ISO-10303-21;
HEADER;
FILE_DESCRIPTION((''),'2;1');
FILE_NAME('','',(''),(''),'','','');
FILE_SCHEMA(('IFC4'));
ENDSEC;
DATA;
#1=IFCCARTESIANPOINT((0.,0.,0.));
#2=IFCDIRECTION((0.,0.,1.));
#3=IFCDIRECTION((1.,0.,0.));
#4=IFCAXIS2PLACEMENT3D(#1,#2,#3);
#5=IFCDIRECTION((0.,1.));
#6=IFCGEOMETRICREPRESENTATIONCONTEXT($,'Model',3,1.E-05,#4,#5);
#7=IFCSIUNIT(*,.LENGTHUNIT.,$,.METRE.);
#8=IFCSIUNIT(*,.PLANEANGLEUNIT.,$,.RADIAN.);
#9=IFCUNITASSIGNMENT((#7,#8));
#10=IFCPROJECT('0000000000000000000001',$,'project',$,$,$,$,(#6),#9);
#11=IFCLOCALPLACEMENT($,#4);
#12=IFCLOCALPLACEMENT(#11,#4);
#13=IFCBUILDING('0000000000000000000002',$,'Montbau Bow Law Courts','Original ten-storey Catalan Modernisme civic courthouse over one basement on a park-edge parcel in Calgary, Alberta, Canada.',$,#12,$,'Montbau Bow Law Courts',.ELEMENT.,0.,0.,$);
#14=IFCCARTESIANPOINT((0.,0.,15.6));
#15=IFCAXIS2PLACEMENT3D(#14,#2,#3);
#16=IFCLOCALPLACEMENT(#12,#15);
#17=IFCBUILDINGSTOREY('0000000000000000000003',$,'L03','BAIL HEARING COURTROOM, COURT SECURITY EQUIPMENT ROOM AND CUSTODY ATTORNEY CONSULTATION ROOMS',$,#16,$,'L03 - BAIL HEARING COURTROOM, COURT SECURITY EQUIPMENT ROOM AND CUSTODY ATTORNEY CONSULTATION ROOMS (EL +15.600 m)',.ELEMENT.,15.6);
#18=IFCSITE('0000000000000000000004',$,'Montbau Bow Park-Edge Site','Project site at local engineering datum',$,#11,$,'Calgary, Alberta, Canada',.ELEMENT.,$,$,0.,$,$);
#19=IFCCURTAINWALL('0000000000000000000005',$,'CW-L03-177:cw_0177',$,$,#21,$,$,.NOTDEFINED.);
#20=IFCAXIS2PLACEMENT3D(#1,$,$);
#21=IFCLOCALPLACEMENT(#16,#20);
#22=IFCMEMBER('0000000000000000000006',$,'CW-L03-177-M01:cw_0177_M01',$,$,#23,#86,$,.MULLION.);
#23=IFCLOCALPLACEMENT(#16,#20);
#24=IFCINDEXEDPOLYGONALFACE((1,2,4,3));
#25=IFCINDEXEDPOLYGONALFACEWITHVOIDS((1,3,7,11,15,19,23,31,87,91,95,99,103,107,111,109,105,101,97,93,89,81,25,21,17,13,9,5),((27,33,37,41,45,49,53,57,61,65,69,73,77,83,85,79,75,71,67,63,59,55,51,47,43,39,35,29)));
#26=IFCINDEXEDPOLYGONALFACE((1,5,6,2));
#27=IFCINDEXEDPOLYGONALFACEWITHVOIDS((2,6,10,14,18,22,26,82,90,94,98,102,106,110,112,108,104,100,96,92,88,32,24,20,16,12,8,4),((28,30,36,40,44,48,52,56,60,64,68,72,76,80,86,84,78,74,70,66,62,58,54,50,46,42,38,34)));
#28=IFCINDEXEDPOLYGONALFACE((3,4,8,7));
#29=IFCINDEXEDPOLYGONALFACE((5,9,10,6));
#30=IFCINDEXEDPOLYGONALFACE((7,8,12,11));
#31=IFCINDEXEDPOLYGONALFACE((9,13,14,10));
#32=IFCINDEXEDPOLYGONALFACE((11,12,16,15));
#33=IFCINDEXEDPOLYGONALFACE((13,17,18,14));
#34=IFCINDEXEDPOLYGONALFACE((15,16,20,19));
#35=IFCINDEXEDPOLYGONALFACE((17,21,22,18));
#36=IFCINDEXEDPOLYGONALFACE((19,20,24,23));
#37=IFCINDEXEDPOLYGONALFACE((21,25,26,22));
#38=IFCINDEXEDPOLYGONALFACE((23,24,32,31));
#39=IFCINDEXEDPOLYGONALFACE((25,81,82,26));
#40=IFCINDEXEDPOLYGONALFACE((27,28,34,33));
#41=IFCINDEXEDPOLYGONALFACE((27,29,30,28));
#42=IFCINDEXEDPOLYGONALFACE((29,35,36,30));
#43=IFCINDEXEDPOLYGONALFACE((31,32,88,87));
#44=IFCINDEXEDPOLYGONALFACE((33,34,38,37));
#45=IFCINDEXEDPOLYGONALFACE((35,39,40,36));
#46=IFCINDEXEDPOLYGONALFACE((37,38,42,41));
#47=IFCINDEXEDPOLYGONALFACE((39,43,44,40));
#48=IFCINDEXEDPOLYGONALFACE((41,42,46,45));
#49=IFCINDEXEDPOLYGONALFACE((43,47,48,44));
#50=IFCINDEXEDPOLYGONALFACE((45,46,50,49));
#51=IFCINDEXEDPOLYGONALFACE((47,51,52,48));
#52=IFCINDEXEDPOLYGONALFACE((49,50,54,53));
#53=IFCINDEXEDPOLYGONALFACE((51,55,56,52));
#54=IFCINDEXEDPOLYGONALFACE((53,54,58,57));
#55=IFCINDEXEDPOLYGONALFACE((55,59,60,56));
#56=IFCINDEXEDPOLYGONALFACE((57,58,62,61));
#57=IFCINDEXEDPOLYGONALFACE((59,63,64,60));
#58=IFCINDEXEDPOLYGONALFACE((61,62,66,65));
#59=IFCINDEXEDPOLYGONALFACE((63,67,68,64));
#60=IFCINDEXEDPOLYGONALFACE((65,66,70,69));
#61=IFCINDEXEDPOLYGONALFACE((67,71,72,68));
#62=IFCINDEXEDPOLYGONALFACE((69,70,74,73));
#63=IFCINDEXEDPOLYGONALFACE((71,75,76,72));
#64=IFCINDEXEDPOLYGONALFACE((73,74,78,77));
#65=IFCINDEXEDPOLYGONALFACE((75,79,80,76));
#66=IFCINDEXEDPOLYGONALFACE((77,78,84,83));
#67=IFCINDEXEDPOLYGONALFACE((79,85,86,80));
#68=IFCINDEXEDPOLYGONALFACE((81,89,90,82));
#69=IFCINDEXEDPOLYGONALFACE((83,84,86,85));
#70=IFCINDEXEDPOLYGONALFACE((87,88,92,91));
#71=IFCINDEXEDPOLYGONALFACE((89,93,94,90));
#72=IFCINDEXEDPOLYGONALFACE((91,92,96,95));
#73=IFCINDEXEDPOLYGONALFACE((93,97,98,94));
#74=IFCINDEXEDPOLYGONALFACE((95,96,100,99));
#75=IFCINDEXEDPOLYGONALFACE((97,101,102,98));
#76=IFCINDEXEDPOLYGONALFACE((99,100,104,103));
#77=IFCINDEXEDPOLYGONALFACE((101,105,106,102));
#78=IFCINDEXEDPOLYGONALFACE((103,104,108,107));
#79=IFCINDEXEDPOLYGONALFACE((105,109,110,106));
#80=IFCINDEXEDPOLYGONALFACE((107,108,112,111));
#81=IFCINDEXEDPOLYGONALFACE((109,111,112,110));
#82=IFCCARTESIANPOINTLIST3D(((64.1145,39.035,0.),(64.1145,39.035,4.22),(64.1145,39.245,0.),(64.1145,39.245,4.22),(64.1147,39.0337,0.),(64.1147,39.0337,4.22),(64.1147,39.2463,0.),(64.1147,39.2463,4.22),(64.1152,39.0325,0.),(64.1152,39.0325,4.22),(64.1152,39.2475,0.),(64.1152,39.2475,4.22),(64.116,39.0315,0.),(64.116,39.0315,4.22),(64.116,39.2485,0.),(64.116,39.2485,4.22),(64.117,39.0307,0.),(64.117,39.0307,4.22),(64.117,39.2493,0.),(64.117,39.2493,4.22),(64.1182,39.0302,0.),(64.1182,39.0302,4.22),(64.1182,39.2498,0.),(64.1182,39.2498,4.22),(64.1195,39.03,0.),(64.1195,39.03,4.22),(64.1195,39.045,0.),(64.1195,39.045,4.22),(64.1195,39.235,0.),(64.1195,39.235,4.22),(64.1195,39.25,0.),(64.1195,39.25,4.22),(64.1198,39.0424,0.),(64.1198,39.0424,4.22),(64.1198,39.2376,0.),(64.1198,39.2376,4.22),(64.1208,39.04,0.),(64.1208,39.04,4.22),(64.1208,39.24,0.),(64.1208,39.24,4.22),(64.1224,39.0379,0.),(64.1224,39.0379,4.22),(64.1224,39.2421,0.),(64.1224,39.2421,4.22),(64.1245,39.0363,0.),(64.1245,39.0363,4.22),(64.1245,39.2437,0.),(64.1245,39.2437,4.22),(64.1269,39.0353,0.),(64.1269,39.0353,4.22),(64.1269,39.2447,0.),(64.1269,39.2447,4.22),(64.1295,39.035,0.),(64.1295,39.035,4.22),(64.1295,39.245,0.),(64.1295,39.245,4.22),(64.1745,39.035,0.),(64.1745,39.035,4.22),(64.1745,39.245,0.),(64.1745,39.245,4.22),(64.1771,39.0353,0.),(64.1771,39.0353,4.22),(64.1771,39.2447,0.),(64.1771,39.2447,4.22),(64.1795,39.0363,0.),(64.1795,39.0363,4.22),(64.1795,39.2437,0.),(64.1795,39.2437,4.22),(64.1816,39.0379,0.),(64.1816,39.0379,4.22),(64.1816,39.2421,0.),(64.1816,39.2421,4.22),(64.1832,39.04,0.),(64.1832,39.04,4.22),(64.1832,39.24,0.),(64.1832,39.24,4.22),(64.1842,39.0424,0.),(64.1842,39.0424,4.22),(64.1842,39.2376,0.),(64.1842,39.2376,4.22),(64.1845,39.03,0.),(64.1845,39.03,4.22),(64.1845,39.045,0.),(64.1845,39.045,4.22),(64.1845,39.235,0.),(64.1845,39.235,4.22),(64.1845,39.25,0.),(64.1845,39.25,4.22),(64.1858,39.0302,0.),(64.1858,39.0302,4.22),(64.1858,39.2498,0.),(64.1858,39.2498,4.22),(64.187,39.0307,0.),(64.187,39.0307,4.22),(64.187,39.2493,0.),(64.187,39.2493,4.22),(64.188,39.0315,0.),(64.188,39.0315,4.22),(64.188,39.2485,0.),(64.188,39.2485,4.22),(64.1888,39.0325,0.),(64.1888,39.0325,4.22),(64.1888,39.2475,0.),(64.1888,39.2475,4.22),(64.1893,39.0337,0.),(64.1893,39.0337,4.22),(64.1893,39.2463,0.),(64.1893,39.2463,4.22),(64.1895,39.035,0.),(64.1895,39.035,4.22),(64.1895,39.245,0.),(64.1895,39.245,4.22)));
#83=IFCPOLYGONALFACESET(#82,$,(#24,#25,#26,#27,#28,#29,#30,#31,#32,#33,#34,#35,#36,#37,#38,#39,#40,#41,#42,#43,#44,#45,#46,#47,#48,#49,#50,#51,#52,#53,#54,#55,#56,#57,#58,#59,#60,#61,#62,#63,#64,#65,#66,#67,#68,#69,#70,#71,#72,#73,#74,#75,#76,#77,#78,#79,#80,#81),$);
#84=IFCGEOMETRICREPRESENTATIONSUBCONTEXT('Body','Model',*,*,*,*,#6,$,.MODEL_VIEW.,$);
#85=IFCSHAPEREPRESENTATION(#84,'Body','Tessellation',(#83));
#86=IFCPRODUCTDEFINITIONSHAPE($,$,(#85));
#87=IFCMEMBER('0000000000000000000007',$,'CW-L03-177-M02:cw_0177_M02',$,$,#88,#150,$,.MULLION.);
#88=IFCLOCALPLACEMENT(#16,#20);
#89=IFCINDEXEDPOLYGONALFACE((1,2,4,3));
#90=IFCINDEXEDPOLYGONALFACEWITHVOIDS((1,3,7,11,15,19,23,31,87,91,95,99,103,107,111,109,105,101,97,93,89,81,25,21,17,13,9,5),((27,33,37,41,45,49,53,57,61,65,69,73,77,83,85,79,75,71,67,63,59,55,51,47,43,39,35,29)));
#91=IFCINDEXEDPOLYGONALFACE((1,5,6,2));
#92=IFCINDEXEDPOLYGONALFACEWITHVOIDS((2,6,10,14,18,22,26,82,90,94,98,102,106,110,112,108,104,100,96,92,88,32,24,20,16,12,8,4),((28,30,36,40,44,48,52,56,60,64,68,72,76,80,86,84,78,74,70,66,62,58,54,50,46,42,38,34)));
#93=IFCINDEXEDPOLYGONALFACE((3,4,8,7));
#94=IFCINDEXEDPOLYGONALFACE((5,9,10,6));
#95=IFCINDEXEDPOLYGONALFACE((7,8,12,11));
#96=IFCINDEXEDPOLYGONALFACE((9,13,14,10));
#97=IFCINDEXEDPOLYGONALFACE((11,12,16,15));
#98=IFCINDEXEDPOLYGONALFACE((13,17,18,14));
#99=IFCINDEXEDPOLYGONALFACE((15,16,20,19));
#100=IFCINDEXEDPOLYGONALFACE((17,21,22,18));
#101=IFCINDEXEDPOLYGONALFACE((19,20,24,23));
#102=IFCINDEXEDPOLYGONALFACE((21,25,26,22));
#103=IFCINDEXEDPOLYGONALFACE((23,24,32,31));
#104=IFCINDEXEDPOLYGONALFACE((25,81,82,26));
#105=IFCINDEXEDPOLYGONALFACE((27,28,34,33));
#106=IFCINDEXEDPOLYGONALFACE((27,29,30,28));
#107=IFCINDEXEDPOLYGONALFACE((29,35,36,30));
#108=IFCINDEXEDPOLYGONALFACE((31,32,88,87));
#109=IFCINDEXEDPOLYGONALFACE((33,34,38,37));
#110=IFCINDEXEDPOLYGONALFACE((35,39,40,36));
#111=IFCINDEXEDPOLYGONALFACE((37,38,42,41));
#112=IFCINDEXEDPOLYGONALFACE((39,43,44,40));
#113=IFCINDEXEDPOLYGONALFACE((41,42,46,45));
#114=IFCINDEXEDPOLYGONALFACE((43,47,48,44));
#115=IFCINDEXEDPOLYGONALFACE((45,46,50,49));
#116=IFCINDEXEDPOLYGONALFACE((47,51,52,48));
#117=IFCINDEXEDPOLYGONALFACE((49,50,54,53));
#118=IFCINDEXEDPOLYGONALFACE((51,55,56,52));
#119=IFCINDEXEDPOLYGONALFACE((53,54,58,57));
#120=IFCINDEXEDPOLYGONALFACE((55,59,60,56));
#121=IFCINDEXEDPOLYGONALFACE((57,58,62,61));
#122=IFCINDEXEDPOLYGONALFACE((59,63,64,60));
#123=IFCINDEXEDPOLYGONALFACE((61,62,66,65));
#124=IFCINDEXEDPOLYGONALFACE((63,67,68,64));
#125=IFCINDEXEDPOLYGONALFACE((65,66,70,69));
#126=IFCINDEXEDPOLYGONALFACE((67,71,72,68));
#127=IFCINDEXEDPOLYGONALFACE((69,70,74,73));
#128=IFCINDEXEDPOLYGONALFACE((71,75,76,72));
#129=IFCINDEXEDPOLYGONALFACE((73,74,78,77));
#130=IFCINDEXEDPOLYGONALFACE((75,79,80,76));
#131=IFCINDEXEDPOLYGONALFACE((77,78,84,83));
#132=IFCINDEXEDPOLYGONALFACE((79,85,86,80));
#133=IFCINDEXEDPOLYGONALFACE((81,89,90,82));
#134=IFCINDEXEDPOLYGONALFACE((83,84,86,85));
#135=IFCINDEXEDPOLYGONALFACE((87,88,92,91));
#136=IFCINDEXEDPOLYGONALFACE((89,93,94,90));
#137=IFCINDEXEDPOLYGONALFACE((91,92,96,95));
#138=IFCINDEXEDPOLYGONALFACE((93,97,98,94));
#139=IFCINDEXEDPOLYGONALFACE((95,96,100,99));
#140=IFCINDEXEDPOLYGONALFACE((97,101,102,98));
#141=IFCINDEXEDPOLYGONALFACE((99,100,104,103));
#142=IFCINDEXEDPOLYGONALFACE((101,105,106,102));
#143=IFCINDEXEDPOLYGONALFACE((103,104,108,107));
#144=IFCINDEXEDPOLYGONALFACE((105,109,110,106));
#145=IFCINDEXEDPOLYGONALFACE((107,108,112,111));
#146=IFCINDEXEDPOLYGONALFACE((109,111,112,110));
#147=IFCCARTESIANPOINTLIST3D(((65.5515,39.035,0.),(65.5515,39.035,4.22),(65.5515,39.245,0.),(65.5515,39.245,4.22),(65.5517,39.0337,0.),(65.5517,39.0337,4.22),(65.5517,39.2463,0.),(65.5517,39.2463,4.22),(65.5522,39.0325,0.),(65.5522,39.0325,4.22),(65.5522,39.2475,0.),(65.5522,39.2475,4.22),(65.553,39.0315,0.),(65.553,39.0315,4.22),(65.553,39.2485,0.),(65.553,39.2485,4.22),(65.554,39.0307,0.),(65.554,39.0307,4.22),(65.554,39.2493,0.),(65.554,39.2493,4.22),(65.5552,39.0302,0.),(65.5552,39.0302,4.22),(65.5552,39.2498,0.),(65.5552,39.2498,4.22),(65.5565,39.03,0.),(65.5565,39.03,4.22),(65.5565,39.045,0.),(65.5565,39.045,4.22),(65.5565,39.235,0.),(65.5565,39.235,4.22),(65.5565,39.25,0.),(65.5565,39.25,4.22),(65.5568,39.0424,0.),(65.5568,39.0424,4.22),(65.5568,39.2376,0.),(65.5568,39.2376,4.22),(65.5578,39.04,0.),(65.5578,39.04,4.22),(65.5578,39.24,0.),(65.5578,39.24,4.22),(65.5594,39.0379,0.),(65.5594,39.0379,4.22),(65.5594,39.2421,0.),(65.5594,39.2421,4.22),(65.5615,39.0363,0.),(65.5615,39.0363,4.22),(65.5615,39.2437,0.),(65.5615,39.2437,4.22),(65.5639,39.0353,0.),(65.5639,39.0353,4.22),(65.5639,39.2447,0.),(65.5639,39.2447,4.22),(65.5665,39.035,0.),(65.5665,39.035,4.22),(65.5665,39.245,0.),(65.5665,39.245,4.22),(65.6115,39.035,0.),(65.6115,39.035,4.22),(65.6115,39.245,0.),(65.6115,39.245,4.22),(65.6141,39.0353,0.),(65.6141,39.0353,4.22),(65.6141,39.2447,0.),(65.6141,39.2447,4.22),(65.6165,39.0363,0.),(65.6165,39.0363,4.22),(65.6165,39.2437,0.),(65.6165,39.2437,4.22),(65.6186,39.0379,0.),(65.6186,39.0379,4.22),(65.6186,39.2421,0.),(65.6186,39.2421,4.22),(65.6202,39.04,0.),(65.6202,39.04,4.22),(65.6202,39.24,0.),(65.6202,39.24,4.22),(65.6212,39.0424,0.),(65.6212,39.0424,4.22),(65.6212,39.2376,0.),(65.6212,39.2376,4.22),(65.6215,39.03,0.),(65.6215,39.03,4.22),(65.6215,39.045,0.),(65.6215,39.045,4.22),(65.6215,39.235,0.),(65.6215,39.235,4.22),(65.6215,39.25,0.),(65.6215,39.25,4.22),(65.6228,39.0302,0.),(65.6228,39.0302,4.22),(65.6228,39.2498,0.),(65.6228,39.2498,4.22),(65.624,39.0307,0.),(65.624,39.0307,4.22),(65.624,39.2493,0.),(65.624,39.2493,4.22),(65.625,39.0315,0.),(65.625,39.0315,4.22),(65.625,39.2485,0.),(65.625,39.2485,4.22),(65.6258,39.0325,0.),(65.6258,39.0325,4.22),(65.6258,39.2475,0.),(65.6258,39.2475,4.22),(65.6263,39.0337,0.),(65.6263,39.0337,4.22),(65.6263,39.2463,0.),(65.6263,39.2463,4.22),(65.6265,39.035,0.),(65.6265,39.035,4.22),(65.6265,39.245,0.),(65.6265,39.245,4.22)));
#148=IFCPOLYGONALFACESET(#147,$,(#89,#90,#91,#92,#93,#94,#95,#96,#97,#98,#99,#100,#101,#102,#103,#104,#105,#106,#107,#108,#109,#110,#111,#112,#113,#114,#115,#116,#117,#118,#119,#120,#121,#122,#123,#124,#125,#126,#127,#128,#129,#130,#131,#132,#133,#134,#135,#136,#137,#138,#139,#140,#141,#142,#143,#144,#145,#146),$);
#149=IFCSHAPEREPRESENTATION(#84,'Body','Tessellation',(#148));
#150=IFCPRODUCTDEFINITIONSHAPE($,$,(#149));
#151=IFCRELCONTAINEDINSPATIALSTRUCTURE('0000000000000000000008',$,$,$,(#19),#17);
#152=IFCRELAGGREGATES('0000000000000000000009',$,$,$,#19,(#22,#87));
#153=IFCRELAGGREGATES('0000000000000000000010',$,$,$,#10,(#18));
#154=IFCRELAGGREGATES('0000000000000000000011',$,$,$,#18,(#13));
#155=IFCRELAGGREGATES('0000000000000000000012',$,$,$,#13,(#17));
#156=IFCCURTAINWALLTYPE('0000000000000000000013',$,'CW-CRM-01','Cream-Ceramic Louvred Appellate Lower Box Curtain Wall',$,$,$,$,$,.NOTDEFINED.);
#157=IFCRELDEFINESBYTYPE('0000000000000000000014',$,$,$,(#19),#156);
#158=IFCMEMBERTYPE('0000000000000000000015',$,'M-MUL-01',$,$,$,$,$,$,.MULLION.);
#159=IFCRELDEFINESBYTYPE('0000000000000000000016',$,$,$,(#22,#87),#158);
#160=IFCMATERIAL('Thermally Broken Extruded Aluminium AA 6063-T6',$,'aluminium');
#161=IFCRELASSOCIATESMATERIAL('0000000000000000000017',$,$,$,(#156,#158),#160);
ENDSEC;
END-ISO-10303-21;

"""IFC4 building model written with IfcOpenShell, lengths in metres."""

from ifc_helpers import new_model, si_unit, direction, frame, origin_with_axes, origin_2d_with_axis, place, context, subcontext, project, spatial, hollow_rectangle, extrude, material, material_profile, profile_set, type_object, element, aggregate, save


model = new_model("IFC4")

# Units and contexts
model_context = context("Model", 3, precision=1e-05, world=origin_with_axes(), true_north=direction((0.0, 1.0)))
body_context = subcontext(model_context, "Body", "Model", "MODEL_VIEW")
ifc_project = project(units=[si_unit("LENGTHUNIT", "METRE"), si_unit("PLANEANGLEUNIT", "RADIAN")], contexts=[model_context])

# Site, building, storey
site_placement = place(None, origin_with_axes())
site = spatial("IfcSite", under=ifc_project, at=site_placement, Name="Montbau Bow Park-Edge Site", Description="Project site at local engineering datum", LongName="Calgary, Alberta, Canada", CompositionType="ELEMENT", RefElevation=0.0)
building_placement = place(site_placement, origin_with_axes())
building = spatial("IfcBuilding", under=site, at=building_placement, Name="Montbau Bow Law Courts", Description="Original ten-storey Catalan Modernisme civic courthouse over one basement on a park-edge parcel in Calgary, Alberta, Canada.", LongName="Montbau Bow Law Courts", CompositionType="ELEMENT", ElevationOfRefHeight=0.0, ElevationOfTerrain=0.0)
storey_placement = place(building_placement, frame((0.0, 0.0, 15.6), z_axis=(0.0, 0.0, 1.0), x_axis=(1.0, 0.0, 0.0)))
storey = spatial("IfcBuildingStorey", under=building, at=storey_placement, Name="L03", Description="BAIL HEARING COURTROOM, COURT SECURITY EQUIPMENT ROOM AND CUSTODY ATTORNEY CONSULTATION ROOMS", LongName="L03 - BAIL HEARING COURTROOM, COURT SECURITY EQUIPMENT ROOM AND CUSTODY ATTORNEY CONSULTATION ROOMS (EL +15.600 m)", CompositionType="ELEMENT", Elevation=15.6)

# Curtain wall, members
ifc_material_1 = material(Name="Thermally Broken Extruded Aluminium AA 6063-T6", Category="aluminium")
curtain_wall_type = type_object("IfcCurtainWallType", Name="CW-CRM-01", Description="Cream-Ceramic Louvred Appellate Lower Box Curtain Wall", PredefinedType="NOTDEFINED", material=ifc_material_1)
curtain_wall_1_placement = place(None, frame((64.115, 39.14, 15.6), z_axis=(0.0, 0.0, 1.0), x_axis=(1.0, 0.0, 0.0)))
curtain_wall_1 = element("IfcCurtainWall", 1, at=curtain_wall_1_placement, inside=storey, type_object=curtain_wall_type, Name="CW-L03-177:cw_0177", PredefinedType="NOTDEFINED")
ifc_material_profile_1 = material_profile(ifc_material_1, hollow_rectangle(XDim=0.075, YDim=0.22, WallThickness=0.005, InnerFilletRadius=0.01, OuterFilletRadius=0.005, at=origin_2d_with_axis()), Name="CWM-220X75", Category="Main", Priority=0)
ifc_profile_set_1 = profile_set([ifc_material_profile_1], Name="Thermally Broken Extruded Aluminium AA 6063-T6")
member_type_1 = type_object("IfcMemberType", Name="M-MUL-01", PredefinedType="MULLION", material=ifc_profile_set_1)
member_1_placement = place(None, frame((64.152, 39.14, 15.6), z_axis=(0.0, 0.0, 1.0), x_axis=(1.0, 0.0, 0.0)))
member_1 = element("IfcMember", 2, at=member_1_placement, type_object=member_type_1, Name="CW-L03-177-M01:cw_0177_M01", PredefinedType="MULLION", context=body_context, shape_type="SweptSolid", body=[
    extrude(hollow_rectangle(XDim=0.075, YDim=0.22, WallThickness=0.005, InnerFilletRadius=0.01, OuterFilletRadius=0.005, at=origin_2d_with_axis()), origin_with_axes(), (0.0, 0.0, 1.0), 4.22),
])
member_2_placement = place(None, frame((65.589, 39.14, 15.6), z_axis=(0.0, 0.0, 1.0), x_axis=(1.0, 0.0, 0.0)))
member_2 = element("IfcMember", 3, at=member_2_placement, type_object=member_type_1, Name="CW-L03-177-M02:cw_0177_M02", PredefinedType="MULLION", context=body_context, shape_type="SweptSolid", body=[
    extrude(hollow_rectangle(XDim=0.075, YDim=0.22, WallThickness=0.005, InnerFilletRadius=0.01, OuterFilletRadius=0.005, at=origin_2d_with_axis()), origin_with_axes(), (0.0, 0.0, 1.0), 4.22),
])

aggregate(curtain_wall_1, [member_1, member_2])

save(model, "model.ifc")
